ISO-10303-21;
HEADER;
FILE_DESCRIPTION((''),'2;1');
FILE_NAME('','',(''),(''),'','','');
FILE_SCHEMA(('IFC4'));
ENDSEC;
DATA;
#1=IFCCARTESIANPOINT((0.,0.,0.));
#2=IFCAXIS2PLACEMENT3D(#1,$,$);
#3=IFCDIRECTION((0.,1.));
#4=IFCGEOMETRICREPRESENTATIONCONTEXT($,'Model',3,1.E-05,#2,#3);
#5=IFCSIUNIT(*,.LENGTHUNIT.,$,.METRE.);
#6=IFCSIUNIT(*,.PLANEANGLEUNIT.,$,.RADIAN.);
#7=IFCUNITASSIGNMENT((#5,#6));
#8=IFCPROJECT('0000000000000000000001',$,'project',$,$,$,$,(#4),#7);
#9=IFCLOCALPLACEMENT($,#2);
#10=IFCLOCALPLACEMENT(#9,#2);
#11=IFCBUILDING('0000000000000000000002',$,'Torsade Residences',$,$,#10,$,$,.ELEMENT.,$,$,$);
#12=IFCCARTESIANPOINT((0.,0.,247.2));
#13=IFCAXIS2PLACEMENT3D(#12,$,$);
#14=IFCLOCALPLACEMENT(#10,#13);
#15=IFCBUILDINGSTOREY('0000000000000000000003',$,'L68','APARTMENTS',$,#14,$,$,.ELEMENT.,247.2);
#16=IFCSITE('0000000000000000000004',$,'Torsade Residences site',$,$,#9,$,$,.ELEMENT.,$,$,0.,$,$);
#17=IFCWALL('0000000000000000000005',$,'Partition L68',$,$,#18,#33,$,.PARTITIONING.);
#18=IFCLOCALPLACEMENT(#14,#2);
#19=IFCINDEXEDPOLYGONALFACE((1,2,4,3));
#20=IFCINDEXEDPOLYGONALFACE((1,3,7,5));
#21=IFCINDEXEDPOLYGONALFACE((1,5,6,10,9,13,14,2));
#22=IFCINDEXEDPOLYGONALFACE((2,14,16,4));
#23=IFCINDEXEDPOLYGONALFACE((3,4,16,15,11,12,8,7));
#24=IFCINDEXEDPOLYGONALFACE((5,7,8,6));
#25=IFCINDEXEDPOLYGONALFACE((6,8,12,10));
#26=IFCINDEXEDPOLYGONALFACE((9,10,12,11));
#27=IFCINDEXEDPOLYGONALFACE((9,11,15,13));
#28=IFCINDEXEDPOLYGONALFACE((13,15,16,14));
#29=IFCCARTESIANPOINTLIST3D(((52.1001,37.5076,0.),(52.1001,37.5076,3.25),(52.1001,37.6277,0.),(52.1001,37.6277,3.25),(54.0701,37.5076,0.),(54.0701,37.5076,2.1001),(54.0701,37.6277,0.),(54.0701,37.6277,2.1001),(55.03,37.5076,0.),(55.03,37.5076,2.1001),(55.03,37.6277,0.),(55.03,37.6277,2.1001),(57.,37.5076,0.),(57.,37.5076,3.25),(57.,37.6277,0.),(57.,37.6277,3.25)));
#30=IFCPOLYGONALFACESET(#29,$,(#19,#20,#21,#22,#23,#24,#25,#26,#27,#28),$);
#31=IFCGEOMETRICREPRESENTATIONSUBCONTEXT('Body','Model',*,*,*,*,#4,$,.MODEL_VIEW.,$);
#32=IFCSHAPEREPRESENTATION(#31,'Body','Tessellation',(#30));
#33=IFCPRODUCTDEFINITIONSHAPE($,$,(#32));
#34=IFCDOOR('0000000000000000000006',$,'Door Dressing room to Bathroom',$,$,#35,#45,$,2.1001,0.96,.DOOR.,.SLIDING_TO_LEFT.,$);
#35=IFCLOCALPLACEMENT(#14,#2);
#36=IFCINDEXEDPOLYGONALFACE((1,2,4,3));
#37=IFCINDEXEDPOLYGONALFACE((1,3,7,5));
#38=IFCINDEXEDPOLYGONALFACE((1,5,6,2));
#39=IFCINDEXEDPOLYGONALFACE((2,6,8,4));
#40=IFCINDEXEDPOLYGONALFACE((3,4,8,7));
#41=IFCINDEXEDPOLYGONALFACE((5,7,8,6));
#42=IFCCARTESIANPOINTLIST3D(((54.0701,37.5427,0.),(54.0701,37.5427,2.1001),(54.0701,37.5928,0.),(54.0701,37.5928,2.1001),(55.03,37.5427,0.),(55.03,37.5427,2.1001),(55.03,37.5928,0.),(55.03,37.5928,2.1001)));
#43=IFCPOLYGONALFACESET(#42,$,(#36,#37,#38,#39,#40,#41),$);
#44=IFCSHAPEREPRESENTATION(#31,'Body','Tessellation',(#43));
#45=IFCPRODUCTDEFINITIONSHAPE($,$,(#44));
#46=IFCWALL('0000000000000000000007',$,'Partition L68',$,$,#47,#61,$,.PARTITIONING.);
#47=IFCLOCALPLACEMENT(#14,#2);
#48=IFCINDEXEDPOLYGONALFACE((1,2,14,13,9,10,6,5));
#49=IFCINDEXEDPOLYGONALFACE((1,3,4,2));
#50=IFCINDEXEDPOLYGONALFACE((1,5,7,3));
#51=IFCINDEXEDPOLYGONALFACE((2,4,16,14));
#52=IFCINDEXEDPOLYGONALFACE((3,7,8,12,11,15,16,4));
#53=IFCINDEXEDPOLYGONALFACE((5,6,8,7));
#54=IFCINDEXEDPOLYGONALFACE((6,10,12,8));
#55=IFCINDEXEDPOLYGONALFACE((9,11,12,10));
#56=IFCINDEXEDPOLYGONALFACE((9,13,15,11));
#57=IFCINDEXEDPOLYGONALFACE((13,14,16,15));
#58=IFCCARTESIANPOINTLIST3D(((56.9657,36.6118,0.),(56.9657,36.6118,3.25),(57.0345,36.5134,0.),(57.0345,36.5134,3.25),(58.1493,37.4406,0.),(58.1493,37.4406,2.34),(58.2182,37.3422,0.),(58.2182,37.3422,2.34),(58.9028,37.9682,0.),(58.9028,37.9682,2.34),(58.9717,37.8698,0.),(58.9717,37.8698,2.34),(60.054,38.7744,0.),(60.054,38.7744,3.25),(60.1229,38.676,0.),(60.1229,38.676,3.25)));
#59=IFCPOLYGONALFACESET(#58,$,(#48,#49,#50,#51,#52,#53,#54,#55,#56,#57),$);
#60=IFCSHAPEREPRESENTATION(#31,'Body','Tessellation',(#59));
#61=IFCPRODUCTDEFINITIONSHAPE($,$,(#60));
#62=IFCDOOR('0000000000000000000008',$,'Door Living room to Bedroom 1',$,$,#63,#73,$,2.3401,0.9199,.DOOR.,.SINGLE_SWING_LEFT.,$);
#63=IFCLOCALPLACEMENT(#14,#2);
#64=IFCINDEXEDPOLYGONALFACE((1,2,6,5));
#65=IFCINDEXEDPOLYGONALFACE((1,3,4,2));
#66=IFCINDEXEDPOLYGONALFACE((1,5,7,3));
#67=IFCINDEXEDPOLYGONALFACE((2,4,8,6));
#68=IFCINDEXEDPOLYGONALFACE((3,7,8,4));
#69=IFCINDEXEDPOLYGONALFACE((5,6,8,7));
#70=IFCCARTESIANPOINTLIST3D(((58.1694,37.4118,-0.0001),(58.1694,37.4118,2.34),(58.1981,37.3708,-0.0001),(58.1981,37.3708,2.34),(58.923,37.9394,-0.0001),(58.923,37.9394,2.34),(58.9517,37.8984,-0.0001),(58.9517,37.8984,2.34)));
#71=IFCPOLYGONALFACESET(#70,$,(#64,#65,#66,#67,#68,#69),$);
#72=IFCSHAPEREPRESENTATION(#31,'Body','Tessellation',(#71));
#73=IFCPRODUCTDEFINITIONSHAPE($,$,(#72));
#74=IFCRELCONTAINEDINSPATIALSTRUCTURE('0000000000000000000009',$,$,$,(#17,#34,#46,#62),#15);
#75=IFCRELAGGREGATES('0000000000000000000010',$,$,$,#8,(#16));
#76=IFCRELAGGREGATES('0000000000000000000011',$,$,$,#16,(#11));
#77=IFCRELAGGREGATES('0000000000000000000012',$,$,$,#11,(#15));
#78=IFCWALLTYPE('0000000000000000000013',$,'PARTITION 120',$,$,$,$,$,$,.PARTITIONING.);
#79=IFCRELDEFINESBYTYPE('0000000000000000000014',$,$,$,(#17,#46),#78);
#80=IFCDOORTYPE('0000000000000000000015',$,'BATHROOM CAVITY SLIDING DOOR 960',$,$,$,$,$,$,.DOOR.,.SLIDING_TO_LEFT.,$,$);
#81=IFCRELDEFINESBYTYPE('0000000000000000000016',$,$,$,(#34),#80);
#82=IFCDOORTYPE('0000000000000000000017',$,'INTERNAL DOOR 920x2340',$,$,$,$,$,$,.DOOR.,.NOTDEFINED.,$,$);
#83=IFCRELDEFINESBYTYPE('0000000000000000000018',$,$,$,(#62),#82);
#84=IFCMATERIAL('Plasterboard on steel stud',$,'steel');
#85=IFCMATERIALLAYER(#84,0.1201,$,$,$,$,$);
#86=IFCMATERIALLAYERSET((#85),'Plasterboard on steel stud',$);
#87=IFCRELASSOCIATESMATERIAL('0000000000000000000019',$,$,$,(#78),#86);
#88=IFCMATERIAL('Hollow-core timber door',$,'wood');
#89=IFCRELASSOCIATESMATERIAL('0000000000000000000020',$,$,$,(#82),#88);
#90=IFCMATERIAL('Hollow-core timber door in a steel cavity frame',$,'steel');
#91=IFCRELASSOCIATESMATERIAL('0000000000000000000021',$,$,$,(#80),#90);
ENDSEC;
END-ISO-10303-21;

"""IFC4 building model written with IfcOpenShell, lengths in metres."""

from ifc_helpers import new_model, si_unit, direction, frame, frame_2d, origin, place, context, subcontext, project, spatial, rectangle, extrude, material, layer, layer_set, type_object, element, fill, save


model = new_model("IFC4")

# Units and contexts
model_context = context("Model", 3, precision=1e-05, world=origin(), true_north=direction((0.0, 1.0)))
body_context = subcontext(model_context, "Body", "Model", "MODEL_VIEW")
ifc_project = project(units=[si_unit("LENGTHUNIT", "METRE"), si_unit("PLANEANGLEUNIT", "RADIAN")], contexts=[model_context])

# Site, building, storey
site_placement = place(None, origin())
site = spatial("IfcSite", under=ifc_project, at=site_placement, Name="Torsade Residences site", CompositionType="ELEMENT", RefElevation=0.0)
building_placement = place(site_placement, origin())
building = spatial("IfcBuilding", under=site, at=building_placement, Name="Torsade Residences", CompositionType="ELEMENT")
storey_placement = place(building_placement, frame((0.0, 0.0, 247.2)))
storey = spatial("IfcBuildingStorey", under=building, at=storey_placement, Name="L68", Description="APARTMENTS", CompositionType="ELEMENT", Elevation=247.2)

# Walls, openings, doors
ifc_material_1 = material(Name="Plasterboard on steel stud", Category="steel")
ifc_layer_1 = layer(ifc_material_1, 0.1201)
ifc_layer_set_1 = layer_set([ifc_layer_1], Name="Plasterboard on steel stud")
wall_type_1 = type_object("IfcWallType", Name="PARTITION 120", PredefinedType="PARTITIONING", material=ifc_layer_set_1)
ifc_material_2 = material(Name="Hollow-core timber door", Category="wood")
door_type_1 = type_object("IfcDoorType", Name="INTERNAL DOOR 920x2340", OperationType="NOTDEFINED", PredefinedType="DOOR", material=ifc_material_2)
wall_1_placement = place(storey_placement, frame((57.0, 37.5676, 0.0), z_axis=(0.0, 0.0, 1.0), x_axis=(-1.0, 0.0, 0.0)))
wall_1 = element("IfcWall", 1, at=wall_1_placement, inside=storey, type_object=wall_type_1, Name="Partition L68", PredefinedType="PARTITIONING", context=body_context, shape_type="SweptSolid", body=[
    extrude(rectangle(XDim=4.8999, YDim=0.1201, at=frame_2d((2.45, 0.0))), origin(), (0.0, 0.0, 1.0), 3.25),
])
opening_1_placement = place(wall_1_placement, frame((1.97, 0.0, 0.0)))
opening_1 = element("IfcOpeningElement", 2, at=opening_1_placement, cuts=wall_1, PredefinedType="OPENING", context=body_context, shape_type="SweptSolid", body=[
    extrude(rectangle(XDim=0.96, YDim=2.1001, at=frame_2d((0.48, 1.05))), frame((0.0, 0.0701, 0.0), z_axis=(0.0, -1.0, 0.0), x_axis=(1.0, 0.0, 0.0)), (0.0, 0.0, 1.0), 0.1401),
])
ifc_material_3 = material(Name="Hollow-core timber door in a steel cavity frame", Category="steel")
door_type_2 = type_object("IfcDoorType", Name="BATHROOM CAVITY SLIDING DOOR 960", OperationType="SLIDING_TO_LEFT", PredefinedType="DOOR", material=ifc_material_3)
door_1_placement = place(opening_1_placement, origin())
door_1 = element("IfcDoor", 3, at=door_1_placement, inside=storey, type_object=door_type_2, Name="Door Dressing room to Bathroom", OperationType="SLIDING_TO_LEFT", OverallHeight=2.1001, OverallWidth=0.96, PredefinedType="DOOR", context=body_context, shape_type="SweptSolid", body=[
    extrude(rectangle(XDim=0.96, YDim=2.1001, at=frame_2d((0.48, 1.05))), frame((0.0, 0.0249, 0.0), z_axis=(0.0, -1.0, 0.0), x_axis=(1.0, 0.0, 0.0)), (0.0, 0.0, 1.0), 0.05),
])
fill(opening_1, door_1)
wall_2_placement = place(storey_placement, frame((57.0, 36.5625, 0.0), z_axis=(0.0, 0.0, 1.0), x_axis=(0.819141, 0.573593, 0.0)))
wall_2 = element("IfcWall", 4, at=wall_2_placement, inside=storey, type_object=wall_type_1, Name="Partition L68", PredefinedType="PARTITIONING", context=body_context, shape_type="SweptSolid", body=[
    extrude(rectangle(XDim=3.7703, YDim=0.1201, at=frame_2d((1.8853, 0.0))), origin(), (0.0, 0.0, 1.0), 3.25),
])
opening_2_placement = place(wall_2_placement, frame((1.4451, 0.0, 0.0)))
opening_2 = element("IfcOpeningElement", 5, at=opening_2_placement, cuts=wall_2, PredefinedType="OPENING", context=body_context, shape_type="SweptSolid", body=[
    extrude(rectangle(XDim=0.9199, YDim=2.3401, at=frame_2d((0.46, 1.1699))), frame((0.0, 0.0701, 0.0), z_axis=(0.0, -1.0, 0.0), x_axis=(1.0, 0.0, 0.0)), (0.0, 0.0, 1.0), 0.1401),
])
door_2_placement = place(opening_2_placement, origin())
door_2 = element("IfcDoor", 6, at=door_2_placement, inside=storey, type_object=door_type_1, Name="Door Living room to Bedroom 1", OperationType="SINGLE_SWING_LEFT", OverallHeight=2.3401, OverallWidth=0.9199, PredefinedType="DOOR", context=body_context, shape_type="SweptSolid", body=[
    extrude(rectangle(XDim=0.9199, YDim=2.3401, at=frame_2d((0.46, 1.1699))), frame((0.0, 0.0249, 0.0), z_axis=(0.0, -1.0, 0.0), x_axis=(1.0, 0.0, 0.0)), (0.0, 0.0, 1.0), 0.05),
])
fill(opening_2, door_2)

save(model, "model.ifc")
